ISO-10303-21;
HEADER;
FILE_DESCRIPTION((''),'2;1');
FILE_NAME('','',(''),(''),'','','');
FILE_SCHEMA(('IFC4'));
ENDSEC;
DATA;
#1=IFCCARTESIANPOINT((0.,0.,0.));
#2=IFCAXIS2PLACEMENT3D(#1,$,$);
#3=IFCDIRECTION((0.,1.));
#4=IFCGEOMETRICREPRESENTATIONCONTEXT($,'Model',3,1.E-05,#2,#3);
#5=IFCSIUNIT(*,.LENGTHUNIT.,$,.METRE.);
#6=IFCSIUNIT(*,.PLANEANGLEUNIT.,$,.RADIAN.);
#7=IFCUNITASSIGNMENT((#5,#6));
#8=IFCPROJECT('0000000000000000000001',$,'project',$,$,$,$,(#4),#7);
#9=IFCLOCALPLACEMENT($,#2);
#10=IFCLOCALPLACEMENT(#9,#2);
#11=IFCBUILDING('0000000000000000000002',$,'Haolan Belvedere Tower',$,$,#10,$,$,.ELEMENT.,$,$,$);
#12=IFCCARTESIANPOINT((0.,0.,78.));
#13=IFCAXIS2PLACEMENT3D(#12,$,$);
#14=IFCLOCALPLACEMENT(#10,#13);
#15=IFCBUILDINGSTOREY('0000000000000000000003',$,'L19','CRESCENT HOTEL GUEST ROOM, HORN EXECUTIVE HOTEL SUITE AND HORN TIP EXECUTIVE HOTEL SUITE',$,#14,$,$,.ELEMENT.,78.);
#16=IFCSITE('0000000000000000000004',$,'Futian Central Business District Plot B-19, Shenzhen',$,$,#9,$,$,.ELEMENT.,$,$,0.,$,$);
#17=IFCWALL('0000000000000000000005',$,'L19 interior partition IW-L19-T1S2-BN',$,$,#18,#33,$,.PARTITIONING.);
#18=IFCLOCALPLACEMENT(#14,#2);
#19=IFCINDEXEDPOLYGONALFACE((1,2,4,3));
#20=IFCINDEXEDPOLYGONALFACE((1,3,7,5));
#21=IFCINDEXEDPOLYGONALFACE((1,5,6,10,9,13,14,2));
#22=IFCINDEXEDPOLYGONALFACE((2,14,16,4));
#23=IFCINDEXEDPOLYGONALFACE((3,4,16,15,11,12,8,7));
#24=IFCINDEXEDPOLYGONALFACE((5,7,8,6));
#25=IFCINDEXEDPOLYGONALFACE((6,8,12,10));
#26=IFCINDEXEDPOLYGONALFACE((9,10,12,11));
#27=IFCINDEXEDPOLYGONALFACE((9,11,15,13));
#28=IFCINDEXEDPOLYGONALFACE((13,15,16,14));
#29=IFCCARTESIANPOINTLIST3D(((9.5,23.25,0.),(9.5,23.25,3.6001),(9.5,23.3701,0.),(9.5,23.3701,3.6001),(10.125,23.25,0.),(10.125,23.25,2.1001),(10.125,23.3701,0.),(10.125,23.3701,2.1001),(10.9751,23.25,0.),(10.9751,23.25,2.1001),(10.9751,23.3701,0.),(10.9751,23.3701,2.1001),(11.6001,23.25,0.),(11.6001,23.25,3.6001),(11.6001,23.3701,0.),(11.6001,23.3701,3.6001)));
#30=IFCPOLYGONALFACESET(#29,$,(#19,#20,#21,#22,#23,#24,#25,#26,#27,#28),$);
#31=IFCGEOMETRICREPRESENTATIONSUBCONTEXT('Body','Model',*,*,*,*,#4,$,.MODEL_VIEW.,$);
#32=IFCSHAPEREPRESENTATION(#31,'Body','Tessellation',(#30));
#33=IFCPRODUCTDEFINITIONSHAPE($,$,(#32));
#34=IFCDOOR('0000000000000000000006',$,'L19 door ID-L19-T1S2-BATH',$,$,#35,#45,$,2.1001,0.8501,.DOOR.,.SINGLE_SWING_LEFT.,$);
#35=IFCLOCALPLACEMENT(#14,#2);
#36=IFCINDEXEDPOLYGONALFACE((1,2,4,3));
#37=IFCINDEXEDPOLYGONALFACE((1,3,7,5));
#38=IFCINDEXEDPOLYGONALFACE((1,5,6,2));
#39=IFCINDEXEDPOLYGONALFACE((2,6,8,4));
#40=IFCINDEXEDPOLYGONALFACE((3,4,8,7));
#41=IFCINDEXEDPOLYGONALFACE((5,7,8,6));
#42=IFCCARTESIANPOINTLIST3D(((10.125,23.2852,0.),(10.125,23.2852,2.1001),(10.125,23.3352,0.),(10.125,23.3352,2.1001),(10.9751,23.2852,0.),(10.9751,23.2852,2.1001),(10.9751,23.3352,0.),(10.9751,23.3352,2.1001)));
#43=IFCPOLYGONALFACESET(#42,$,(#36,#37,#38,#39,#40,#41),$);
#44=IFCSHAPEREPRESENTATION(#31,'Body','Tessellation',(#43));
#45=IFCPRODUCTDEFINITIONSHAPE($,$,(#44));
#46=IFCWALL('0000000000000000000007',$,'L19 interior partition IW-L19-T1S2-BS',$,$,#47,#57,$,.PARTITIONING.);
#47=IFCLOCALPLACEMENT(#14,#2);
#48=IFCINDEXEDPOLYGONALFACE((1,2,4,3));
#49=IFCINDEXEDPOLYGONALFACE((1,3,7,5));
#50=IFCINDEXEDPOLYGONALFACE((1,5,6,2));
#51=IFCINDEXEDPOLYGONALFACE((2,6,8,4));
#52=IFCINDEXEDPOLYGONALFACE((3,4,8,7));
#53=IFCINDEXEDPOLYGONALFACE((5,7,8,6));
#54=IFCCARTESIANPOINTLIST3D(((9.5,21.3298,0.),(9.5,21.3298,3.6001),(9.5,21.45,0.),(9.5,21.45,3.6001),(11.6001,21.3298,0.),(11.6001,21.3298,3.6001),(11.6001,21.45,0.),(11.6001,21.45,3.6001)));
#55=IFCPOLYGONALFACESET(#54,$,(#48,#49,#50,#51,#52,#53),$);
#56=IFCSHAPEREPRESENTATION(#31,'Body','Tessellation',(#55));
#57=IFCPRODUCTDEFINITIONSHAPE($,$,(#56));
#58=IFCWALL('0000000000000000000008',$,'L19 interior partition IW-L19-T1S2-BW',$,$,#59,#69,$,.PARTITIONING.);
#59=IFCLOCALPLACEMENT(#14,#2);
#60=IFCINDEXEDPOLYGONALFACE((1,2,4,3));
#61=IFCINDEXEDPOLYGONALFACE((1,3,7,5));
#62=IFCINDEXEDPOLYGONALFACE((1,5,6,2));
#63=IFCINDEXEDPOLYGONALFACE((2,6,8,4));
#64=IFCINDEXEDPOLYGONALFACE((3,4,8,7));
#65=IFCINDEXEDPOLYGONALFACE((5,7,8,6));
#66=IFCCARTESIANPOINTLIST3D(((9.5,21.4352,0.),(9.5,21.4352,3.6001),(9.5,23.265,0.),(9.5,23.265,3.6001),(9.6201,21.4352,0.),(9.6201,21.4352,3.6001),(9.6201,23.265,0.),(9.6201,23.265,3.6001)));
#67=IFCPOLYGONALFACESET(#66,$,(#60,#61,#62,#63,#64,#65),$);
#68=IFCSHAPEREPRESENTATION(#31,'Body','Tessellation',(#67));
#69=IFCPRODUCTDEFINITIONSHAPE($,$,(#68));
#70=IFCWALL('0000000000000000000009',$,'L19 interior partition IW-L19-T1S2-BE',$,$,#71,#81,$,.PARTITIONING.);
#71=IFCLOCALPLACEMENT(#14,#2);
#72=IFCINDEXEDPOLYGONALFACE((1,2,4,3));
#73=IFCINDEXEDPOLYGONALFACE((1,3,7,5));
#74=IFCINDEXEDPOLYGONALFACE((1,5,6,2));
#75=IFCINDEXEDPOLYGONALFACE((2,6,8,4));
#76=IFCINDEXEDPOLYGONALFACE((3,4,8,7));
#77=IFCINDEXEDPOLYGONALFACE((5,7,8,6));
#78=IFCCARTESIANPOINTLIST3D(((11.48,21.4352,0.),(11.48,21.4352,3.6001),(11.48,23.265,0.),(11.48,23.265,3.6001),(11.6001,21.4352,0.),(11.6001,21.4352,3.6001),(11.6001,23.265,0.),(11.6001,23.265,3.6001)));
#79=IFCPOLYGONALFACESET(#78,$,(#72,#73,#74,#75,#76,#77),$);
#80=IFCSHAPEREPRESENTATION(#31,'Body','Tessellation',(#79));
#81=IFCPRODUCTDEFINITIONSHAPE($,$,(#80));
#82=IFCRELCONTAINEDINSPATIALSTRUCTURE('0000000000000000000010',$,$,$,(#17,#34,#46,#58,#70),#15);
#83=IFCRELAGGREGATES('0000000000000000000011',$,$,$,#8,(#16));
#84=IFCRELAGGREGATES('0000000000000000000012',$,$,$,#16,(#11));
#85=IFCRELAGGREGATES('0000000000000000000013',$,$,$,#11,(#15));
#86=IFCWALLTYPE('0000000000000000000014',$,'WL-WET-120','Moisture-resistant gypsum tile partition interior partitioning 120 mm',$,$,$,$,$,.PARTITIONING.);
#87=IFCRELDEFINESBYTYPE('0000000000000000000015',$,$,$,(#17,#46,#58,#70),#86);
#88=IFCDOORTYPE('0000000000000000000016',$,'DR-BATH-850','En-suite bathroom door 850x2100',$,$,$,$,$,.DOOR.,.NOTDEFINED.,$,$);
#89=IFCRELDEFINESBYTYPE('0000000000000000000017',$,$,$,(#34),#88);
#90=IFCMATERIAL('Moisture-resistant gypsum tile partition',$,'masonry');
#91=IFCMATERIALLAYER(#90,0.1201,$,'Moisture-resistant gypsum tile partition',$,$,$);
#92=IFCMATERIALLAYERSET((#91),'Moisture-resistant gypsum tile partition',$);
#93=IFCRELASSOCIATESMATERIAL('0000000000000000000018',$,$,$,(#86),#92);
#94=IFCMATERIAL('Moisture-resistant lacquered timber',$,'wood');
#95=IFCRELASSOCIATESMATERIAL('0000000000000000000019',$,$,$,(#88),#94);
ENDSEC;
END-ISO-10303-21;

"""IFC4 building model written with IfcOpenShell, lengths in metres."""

from ifc_helpers import new_model, si_unit, direction, frame, frame_2d, origin, place, context, subcontext, project, spatial, rectangle, extrude, material, layer, layer_set, type_object, element, fill, save


model = new_model("IFC4")

# Units and contexts
model_context = context("Model", 3, precision=1e-05, world=origin(), true_north=direction((0.0, 1.0)))
body_context = subcontext(model_context, "Body", "Model", "MODEL_VIEW")
ifc_project = project(units=[si_unit("LENGTHUNIT", "METRE"), si_unit("PLANEANGLEUNIT", "RADIAN")], contexts=[model_context])

# Site, building, storey
site_placement = place(None, origin())
site = spatial("IfcSite", under=ifc_project, at=site_placement, Name="Futian Central Business District Plot B-19, Shenzhen", CompositionType="ELEMENT", RefElevation=0.0)
building_placement = place(site_placement, origin())
building = spatial("IfcBuilding", under=site, at=building_placement, Name="Haolan Belvedere Tower", CompositionType="ELEMENT")
storey_placement = place(building_placement, frame((0.0, 0.0, 78.0)))
storey = spatial("IfcBuildingStorey", under=building, at=storey_placement, Name="L19", Description="CRESCENT HOTEL GUEST ROOM, HORN EXECUTIVE HOTEL SUITE AND HORN TIP EXECUTIVE HOTEL SUITE", CompositionType="ELEMENT", Elevation=78.0)

# Shared definitions
ifc_material_1 = material(Name="Moisture-resistant gypsum tile partition", Category="masonry")
ifc_layer = layer(ifc_material_1, 0.1201, Name="Moisture-resistant gypsum tile partition")
ifc_layer_set = layer_set([ifc_layer], Name="Moisture-resistant gypsum tile partition")
wall_type = type_object("IfcWallType", Name="WL-WET-120", Description="Moisture-resistant gypsum tile partition interior partitioning 120 mm", PredefinedType="PARTITIONING", material=ifc_layer_set)

# Shared definitions
ifc_material_2 = material(Name="Moisture-resistant lacquered timber", Category="wood")
door_type = type_object("IfcDoorType", Name="DR-BATH-850", Description="En-suite bathroom door 850x2100", OperationType="NOTDEFINED", PredefinedType="DOOR", material=ifc_material_2)

# Wall, opening, door
wall_1_placement = place(storey_placement, frame((9.5, 23.3101, 0.0), z_axis=(0.0, 0.0, 1.0), x_axis=(1.0, 0.0, 0.0)))
wall_1 = element("IfcWall", 1, at=wall_1_placement, inside=storey, type_object=wall_type, Name="L19 interior partition IW-L19-T1S2-BN", PredefinedType="PARTITIONING", context=body_context, shape_type="SweptSolid", body=[
    extrude(rectangle(XDim=2.1001, YDim=0.1201, at=frame_2d((1.05, 0.0))), origin(), (0.0, 0.0, 1.0), 3.6001),
])
opening_1_placement = place(wall_1_placement, frame((1.4751, 0.0, 0.0), z_axis=(0.0, 0.0, 1.0), x_axis=(-1.0, 0.0, 0.0)))
opening_1 = element("IfcOpeningElement", 2, at=opening_1_placement, cuts=wall_1, PredefinedType="OPENING", context=body_context, shape_type="SweptSolid", body=[
    extrude(rectangle(XDim=0.8501, YDim=2.1001, at=frame_2d((0.425, 1.05))), frame((0.0, 0.0701, 0.0), z_axis=(0.0, -1.0, 0.0), x_axis=(1.0, 0.0, 0.0)), (0.0, 0.0, 1.0), 0.1401),
])
door_1_placement = place(opening_1_placement, origin())
door_1 = element("IfcDoor", 3, at=door_1_placement, inside=storey, type_object=door_type, Name="L19 door ID-L19-T1S2-BATH", OperationType="SINGLE_SWING_LEFT", OverallHeight=2.1001, OverallWidth=0.8501, PredefinedType="DOOR", context=body_context, shape_type="SweptSolid", body=[
    extrude(rectangle(XDim=0.8501, YDim=2.1001, at=frame_2d((0.425, 1.05))), frame((0.0, 0.0249, 0.0), z_axis=(0.0, -1.0, 0.0), x_axis=(1.0, 0.0, 0.0)), (0.0, 0.0, 1.0), 0.05),
])
fill(opening_1, door_1)

# Walls
wall_2_placement = place(storey_placement, frame((9.5, 21.3899, 0.0), z_axis=(0.0, 0.0, 1.0), x_axis=(1.0, 0.0, 0.0)))
element("IfcWall", 4, at=wall_2_placement, inside=storey, type_object=wall_type, Name="L19 interior partition IW-L19-T1S2-BS", PredefinedType="PARTITIONING", context=body_context, shape_type="SweptSolid", body=[
    extrude(rectangle(XDim=2.1001, YDim=0.1201, at=frame_2d((1.05, 0.0))), origin(), (0.0, 0.0, 1.0), 3.6001),
])
for number, where, z_axis, x_axis, name in (
    (5, (9.5601, 21.4351, 0.0), (0.0, 0.0, 1.0), (0.0, 1.0, 0.0), "L19 interior partition IW-L19-T1S2-BW"),
    (6, (11.54, 21.4351, 0.0), (0.0, 0.0, 1.0), (0.0, 1.0, 0.0), "L19 interior partition IW-L19-T1S2-BE"),
):
    element("IfcWall", number, at=place(storey_placement, frame(where, z_axis=z_axis, x_axis=x_axis)), inside=storey, type_object=wall_type, Name=name, PredefinedType="PARTITIONING", context=body_context, shape_type="SweptSolid", body=[
        extrude(rectangle(XDim=1.8298, YDim=0.1201, at=frame_2d((0.915, 0.0))), origin(), (0.0, 0.0, 1.0), 3.6001),
    ])

save(model, "model.ifc")
